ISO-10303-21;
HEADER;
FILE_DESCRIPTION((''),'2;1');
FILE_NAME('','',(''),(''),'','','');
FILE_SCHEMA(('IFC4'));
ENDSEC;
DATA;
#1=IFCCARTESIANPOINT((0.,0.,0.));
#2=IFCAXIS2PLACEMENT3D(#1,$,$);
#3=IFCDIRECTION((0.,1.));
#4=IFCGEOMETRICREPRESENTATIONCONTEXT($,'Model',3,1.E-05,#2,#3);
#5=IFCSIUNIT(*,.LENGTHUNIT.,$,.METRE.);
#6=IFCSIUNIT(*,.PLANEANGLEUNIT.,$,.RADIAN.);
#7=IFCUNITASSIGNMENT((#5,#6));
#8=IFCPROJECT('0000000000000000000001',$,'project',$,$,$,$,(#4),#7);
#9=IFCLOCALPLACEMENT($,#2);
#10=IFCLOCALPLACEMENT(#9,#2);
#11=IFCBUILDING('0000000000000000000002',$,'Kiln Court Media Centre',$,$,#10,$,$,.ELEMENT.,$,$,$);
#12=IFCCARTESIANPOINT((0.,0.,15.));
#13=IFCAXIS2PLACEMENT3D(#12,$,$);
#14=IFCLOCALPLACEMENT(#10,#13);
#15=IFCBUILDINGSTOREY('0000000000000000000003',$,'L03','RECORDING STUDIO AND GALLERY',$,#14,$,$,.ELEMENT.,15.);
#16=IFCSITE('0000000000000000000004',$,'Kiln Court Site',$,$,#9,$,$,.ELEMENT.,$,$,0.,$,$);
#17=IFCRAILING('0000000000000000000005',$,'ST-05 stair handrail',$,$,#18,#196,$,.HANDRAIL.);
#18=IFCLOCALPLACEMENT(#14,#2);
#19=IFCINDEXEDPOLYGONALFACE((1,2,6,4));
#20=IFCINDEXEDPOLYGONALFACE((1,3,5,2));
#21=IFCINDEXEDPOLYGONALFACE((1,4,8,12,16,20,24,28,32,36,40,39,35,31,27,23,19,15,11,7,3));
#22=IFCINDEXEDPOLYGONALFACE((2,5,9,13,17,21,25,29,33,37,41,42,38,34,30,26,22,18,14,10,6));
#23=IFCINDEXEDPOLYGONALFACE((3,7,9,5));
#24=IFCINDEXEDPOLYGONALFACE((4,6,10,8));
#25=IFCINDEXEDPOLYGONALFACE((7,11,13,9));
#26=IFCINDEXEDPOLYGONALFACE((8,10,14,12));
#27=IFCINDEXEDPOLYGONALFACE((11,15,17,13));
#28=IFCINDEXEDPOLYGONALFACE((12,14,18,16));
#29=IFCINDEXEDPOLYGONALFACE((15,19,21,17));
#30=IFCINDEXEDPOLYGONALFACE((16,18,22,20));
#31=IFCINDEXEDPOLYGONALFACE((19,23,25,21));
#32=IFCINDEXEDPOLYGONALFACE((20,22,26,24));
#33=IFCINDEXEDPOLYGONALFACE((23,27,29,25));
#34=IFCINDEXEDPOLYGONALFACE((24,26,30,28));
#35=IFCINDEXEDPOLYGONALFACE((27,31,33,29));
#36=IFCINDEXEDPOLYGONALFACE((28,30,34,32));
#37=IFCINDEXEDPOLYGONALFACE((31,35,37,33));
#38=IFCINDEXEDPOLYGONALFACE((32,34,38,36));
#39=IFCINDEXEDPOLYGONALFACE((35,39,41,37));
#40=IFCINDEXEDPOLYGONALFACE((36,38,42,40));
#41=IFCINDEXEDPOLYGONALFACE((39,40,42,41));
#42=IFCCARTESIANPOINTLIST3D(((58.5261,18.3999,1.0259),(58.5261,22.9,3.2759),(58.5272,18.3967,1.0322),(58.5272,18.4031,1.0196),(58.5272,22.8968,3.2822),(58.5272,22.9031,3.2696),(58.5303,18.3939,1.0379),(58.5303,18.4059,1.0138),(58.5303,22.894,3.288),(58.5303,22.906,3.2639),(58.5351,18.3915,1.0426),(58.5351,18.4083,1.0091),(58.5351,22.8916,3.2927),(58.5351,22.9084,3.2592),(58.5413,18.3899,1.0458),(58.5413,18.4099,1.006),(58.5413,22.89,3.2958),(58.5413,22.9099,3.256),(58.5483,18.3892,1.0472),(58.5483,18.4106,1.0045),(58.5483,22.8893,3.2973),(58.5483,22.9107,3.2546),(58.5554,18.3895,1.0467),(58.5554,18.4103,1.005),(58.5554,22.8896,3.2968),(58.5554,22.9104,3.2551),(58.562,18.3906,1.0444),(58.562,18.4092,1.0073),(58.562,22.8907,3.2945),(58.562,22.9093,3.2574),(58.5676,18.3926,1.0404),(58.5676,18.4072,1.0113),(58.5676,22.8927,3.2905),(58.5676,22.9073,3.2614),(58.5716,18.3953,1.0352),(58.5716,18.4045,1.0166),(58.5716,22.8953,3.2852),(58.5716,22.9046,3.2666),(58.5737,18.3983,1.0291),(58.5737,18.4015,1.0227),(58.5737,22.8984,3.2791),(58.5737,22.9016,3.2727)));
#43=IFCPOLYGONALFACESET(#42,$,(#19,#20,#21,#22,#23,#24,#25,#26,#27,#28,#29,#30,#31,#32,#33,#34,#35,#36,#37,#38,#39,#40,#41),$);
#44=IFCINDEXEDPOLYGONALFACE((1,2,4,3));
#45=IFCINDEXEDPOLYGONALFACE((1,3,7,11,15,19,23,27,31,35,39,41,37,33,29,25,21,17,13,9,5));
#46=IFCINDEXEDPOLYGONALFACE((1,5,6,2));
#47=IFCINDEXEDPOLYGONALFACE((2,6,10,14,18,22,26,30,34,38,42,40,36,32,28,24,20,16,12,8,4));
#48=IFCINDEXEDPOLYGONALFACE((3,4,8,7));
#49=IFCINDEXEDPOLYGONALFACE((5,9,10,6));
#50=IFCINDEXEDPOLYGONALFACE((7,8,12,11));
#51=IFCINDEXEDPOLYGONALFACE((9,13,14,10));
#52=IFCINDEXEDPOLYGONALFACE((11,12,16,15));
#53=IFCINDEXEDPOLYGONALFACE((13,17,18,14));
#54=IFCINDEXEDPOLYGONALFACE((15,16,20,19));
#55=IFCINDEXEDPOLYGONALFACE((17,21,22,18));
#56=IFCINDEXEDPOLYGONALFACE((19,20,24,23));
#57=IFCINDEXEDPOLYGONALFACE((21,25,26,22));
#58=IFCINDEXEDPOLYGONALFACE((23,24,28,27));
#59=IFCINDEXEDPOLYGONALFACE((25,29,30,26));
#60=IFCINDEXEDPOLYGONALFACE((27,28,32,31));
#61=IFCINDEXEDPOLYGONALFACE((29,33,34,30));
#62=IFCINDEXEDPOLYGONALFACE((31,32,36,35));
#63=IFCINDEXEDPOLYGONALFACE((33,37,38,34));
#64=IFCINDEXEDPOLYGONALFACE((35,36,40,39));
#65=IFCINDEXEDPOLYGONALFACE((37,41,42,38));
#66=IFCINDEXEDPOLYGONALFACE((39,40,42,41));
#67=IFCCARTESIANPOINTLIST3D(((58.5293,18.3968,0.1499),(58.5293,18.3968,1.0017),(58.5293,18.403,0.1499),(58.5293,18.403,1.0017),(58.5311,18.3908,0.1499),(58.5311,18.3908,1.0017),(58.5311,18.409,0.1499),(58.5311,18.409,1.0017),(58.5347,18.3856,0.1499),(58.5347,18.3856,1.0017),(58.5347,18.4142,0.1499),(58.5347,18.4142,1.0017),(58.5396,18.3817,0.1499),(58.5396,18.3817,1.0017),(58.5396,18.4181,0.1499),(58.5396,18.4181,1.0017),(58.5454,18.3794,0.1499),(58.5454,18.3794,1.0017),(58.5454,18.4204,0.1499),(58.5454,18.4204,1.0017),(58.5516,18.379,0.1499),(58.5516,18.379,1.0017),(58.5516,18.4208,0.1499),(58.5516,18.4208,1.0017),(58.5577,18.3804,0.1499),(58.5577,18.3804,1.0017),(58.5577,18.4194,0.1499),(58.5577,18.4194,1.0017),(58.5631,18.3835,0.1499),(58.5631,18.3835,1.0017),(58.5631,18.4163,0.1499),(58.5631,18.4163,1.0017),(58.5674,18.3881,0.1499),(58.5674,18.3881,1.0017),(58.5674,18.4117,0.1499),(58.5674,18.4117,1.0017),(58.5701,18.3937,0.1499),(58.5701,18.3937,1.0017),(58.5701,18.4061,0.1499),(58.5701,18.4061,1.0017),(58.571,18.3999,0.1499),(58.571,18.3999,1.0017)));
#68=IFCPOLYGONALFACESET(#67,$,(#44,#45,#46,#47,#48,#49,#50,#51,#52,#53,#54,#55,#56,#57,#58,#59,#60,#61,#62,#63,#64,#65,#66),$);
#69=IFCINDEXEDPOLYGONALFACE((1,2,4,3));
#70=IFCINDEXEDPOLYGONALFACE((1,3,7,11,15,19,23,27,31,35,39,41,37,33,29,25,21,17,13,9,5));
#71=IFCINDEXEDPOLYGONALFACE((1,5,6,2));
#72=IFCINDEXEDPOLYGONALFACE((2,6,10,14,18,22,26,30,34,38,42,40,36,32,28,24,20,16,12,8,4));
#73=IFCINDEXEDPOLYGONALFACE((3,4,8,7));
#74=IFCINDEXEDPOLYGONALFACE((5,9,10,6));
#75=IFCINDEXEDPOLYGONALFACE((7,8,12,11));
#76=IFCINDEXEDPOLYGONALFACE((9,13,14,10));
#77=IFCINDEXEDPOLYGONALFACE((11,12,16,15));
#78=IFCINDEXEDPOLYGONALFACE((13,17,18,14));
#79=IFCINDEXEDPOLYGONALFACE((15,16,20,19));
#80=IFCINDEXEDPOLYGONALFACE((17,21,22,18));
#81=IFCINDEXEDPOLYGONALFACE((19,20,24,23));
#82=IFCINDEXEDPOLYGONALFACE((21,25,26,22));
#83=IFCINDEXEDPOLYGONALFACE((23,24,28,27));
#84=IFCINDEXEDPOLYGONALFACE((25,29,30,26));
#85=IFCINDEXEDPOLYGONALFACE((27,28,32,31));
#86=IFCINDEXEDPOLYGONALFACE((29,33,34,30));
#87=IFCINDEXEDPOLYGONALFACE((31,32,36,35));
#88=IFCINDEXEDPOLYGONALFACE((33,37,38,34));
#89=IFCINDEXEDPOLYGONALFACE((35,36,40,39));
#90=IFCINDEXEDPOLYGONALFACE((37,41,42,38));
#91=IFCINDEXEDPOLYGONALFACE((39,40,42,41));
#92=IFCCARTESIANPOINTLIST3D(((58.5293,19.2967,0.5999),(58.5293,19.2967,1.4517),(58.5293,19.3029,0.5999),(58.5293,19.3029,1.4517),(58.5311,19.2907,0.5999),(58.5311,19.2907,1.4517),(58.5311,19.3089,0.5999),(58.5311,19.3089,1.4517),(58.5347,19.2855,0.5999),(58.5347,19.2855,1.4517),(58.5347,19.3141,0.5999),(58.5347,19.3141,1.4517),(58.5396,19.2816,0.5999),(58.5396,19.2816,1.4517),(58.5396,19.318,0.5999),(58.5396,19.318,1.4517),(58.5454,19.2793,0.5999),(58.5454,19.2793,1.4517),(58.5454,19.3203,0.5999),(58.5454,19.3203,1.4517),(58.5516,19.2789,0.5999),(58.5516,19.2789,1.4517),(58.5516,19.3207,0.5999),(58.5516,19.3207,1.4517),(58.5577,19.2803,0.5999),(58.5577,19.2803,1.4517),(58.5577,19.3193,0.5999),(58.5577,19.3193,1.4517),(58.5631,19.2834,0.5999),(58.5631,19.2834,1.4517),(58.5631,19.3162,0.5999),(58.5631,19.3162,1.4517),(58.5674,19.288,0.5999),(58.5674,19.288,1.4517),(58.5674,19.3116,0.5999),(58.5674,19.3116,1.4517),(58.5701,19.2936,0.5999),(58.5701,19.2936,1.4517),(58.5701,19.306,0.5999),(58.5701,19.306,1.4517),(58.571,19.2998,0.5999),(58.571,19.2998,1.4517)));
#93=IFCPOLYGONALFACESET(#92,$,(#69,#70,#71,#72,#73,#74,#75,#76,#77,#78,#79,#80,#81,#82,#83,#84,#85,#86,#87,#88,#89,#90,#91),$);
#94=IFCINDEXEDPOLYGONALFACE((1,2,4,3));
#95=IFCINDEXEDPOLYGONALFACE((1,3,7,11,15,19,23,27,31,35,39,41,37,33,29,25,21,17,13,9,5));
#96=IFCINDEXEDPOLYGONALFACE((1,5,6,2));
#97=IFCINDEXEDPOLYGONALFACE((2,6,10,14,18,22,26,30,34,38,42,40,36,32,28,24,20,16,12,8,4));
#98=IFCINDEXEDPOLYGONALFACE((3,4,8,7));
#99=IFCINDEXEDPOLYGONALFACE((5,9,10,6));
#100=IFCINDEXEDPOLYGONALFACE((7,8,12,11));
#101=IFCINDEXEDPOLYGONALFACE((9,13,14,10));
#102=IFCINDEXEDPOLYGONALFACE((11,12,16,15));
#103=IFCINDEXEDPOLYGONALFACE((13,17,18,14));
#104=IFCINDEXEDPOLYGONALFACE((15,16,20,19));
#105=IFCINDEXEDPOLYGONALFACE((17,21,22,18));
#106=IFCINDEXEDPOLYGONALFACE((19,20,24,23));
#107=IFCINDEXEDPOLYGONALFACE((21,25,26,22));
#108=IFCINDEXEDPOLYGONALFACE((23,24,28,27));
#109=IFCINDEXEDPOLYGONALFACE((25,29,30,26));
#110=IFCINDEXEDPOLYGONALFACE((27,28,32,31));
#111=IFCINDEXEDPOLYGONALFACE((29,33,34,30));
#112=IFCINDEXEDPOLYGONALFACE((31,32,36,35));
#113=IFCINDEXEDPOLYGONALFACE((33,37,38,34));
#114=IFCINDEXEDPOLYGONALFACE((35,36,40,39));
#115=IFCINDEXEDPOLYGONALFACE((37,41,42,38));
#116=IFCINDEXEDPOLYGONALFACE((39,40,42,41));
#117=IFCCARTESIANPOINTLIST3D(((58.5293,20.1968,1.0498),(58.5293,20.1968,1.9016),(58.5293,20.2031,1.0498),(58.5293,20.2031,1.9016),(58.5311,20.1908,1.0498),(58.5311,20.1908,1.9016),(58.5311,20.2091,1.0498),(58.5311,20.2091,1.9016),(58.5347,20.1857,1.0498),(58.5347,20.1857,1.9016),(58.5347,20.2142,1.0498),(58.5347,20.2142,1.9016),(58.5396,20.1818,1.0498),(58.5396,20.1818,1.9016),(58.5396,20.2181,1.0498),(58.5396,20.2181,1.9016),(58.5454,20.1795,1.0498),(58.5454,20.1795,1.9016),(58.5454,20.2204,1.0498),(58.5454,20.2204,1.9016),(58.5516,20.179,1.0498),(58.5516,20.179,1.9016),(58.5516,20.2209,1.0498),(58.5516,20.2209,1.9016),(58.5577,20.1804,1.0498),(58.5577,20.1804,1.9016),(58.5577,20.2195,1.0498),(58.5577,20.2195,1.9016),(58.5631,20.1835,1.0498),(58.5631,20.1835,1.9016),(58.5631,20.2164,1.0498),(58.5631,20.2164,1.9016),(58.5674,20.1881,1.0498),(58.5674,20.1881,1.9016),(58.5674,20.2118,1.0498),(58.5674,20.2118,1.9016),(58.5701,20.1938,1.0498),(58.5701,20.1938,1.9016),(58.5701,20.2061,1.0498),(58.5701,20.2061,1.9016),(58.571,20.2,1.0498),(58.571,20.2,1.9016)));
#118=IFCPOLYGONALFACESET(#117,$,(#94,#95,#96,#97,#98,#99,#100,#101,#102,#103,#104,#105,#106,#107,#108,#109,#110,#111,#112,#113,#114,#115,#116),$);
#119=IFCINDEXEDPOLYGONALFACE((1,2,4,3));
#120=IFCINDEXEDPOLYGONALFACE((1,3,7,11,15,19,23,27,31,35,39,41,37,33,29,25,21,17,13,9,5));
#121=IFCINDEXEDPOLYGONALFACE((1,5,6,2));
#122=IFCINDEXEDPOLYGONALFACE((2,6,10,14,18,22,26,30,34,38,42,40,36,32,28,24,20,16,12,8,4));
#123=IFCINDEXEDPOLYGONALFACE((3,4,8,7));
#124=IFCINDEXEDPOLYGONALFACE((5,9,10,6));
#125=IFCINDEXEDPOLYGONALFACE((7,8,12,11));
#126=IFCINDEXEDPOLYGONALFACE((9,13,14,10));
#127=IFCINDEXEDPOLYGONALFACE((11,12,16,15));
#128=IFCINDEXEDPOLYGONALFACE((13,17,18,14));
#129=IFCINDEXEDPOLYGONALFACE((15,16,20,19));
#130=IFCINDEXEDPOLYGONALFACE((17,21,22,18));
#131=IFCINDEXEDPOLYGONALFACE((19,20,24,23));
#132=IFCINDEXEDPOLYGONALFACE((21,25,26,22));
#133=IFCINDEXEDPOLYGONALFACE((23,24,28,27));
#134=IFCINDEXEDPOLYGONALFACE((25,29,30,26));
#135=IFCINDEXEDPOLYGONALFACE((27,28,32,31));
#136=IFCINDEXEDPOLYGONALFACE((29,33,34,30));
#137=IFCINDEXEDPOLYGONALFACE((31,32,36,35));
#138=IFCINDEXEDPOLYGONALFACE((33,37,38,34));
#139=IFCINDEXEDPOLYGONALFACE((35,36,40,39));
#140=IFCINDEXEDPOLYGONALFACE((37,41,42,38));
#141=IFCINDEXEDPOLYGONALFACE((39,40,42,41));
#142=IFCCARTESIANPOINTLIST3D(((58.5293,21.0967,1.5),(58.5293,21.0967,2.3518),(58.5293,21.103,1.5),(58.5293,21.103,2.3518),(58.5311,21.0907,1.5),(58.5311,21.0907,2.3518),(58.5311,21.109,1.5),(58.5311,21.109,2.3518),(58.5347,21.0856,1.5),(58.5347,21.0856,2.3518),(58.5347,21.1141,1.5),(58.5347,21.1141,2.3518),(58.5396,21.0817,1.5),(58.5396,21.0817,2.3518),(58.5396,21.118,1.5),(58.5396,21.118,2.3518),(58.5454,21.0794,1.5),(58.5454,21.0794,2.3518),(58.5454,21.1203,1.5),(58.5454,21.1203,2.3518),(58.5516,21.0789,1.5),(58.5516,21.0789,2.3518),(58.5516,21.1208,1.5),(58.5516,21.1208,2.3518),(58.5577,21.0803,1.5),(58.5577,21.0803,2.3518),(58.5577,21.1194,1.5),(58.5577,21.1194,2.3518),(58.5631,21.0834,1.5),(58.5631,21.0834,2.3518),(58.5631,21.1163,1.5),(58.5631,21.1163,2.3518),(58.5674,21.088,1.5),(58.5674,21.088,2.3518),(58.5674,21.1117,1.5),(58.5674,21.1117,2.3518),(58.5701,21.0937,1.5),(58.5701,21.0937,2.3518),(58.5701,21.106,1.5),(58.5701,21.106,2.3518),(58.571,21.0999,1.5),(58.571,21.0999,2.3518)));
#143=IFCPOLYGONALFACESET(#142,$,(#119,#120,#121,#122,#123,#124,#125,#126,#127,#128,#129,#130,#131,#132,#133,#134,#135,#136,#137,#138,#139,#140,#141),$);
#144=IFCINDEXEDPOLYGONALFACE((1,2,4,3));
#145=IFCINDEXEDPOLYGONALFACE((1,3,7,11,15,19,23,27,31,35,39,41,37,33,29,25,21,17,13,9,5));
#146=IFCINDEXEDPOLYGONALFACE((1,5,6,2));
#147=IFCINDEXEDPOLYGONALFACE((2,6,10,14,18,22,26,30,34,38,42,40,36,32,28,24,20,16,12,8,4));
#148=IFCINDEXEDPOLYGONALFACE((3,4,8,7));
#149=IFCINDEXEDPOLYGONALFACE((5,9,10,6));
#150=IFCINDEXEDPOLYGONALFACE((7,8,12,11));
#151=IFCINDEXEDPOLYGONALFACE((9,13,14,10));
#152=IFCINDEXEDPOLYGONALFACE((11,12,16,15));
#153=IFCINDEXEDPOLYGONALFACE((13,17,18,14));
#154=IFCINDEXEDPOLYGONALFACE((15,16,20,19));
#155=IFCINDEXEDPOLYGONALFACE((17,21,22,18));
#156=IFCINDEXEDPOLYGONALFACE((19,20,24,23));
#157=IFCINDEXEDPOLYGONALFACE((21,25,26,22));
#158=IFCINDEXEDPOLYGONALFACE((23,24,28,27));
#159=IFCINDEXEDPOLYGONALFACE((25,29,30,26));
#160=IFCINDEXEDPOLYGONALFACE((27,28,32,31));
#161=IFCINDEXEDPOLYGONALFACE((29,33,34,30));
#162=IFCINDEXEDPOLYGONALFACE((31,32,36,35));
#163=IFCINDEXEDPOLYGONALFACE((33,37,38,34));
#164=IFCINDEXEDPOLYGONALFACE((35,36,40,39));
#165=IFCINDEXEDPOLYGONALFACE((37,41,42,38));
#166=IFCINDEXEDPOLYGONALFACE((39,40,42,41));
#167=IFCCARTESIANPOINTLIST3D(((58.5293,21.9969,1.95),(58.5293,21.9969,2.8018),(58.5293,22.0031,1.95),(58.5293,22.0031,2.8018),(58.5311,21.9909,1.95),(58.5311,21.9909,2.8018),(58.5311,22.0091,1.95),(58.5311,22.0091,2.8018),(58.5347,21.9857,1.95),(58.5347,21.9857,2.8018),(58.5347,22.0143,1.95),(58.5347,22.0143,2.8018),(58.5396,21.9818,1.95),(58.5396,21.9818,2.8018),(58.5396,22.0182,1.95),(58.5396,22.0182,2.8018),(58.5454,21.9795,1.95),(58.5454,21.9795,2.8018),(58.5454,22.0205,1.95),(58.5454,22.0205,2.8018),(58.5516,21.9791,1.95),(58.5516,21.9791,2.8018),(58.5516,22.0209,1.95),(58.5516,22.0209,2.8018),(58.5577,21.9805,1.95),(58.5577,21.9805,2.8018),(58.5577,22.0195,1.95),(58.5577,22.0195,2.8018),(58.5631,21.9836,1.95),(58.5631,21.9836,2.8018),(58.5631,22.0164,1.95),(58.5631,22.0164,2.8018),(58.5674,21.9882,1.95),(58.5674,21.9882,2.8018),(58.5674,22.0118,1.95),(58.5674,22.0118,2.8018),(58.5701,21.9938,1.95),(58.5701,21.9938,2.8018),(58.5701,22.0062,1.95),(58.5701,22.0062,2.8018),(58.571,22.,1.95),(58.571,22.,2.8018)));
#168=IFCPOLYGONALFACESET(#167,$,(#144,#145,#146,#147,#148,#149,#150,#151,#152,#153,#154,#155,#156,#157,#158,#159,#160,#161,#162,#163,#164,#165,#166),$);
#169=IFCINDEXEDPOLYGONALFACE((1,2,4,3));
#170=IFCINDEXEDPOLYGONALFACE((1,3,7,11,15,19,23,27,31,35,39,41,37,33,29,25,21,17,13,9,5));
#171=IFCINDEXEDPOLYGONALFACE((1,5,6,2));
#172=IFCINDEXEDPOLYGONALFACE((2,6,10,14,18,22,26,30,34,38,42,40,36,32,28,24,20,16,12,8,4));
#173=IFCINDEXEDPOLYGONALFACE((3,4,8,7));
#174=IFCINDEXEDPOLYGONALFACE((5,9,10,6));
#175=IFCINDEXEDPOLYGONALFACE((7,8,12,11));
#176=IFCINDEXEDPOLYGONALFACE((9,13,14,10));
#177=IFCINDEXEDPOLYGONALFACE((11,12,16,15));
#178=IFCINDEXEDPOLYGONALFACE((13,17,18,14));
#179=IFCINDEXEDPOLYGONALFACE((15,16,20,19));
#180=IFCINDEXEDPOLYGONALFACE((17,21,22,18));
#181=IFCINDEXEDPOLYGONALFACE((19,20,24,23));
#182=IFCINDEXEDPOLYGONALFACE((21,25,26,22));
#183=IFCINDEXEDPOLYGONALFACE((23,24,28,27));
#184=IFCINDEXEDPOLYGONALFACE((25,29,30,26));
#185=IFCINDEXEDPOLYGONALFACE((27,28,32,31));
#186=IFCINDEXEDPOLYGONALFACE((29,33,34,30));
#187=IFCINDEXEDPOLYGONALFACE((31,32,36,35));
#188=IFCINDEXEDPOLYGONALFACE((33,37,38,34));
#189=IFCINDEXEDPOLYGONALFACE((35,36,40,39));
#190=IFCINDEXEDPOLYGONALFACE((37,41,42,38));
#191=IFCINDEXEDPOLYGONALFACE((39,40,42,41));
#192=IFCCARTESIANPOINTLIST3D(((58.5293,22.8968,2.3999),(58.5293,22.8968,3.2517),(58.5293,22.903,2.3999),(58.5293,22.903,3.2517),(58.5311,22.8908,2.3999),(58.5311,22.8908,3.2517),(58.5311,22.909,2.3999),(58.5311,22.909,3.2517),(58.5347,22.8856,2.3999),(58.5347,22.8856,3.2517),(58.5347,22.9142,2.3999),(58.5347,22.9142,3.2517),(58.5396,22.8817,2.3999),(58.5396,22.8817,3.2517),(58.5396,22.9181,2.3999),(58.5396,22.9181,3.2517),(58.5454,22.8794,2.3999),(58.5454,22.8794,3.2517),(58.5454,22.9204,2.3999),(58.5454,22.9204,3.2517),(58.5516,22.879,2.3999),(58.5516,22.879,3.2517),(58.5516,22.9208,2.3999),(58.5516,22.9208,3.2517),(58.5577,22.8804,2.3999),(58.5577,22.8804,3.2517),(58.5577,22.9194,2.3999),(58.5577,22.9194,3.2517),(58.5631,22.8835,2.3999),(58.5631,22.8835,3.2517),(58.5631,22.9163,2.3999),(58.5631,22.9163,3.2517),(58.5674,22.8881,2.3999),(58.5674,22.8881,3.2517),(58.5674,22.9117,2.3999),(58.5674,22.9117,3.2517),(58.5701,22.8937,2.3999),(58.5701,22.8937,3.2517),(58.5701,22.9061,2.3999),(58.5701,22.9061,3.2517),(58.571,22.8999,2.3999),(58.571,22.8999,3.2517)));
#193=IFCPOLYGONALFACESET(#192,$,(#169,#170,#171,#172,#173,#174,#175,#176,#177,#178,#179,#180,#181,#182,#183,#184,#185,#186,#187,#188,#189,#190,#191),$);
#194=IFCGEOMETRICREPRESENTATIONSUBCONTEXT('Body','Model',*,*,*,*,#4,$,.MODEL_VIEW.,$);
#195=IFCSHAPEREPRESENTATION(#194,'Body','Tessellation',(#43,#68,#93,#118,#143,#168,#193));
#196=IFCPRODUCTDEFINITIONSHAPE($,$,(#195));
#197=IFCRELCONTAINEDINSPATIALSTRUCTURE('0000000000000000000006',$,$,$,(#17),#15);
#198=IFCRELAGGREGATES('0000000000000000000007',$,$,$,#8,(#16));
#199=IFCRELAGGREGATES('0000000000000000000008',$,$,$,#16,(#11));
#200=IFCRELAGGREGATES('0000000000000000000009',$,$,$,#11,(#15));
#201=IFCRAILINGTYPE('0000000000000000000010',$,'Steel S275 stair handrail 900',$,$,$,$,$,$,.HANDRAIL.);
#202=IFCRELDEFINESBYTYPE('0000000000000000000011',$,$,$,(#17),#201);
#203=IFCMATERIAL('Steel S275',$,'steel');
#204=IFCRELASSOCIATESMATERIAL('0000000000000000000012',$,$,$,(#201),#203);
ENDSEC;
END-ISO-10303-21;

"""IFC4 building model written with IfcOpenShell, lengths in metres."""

from ifc_helpers import new_model, si_unit, direction, frame, origin, origin_2d, place, context, subcontext, project, spatial, circle, extrude, material, type_object, element, save


model = new_model("IFC4")

# Units and contexts
model_context = context("Model", 3, precision=1e-05, world=origin(), true_north=direction((0.0, 1.0)))
body_context = subcontext(model_context, "Body", "Model", "MODEL_VIEW")
ifc_project = project(units=[si_unit("LENGTHUNIT", "METRE"), si_unit("PLANEANGLEUNIT", "RADIAN")], contexts=[model_context])

# Site, building, storey
site_placement = place(None, origin())
site = spatial("IfcSite", under=ifc_project, at=site_placement, Name="Kiln Court Site", CompositionType="ELEMENT", RefElevation=0.0)
building_placement = place(site_placement, origin())
building = spatial("IfcBuilding", under=site, at=building_placement, Name="Kiln Court Media Centre", CompositionType="ELEMENT")
storey_placement = place(building_placement, frame((0.0, 0.0, 15.0)))
storey = spatial("IfcBuildingStorey", under=building, at=storey_placement, Name="L03", Description="RECORDING STUDIO AND GALLERY", CompositionType="ELEMENT", Elevation=15.0)

# Railing
ifc_material_1 = material(Name="Steel S275", Category="steel")
railing_type_1 = type_object("IfcRailingType", Name="Steel S275 stair handrail 900", PredefinedType="HANDRAIL", material=ifc_material_1)
railing_1_placement = place(storey_placement, frame((58.55, 18.3999, 0.1499)))
element("IfcRailing", 1, at=railing_1_placement, inside=storey, type_object=railing_type_1, Name="ST-05 stair handrail", PredefinedType="HANDRAIL", context=body_context, shape_type="SweptSolid", body=[
    extrude(circle(Radius=0.0239, at=origin_2d()), frame((0.0, 0.0, 0.876), z_axis=(0.0, 0.894427, 0.447214), x_axis=(-1.0, 0.0, 0.0)), (0.0, 0.0, 1.0), 5.0312),
    extrude(circle(Radius=0.021, at=origin_2d()), origin(), (0.0, 0.0, 1.0), 0.8518),
    extrude(circle(Radius=0.021, at=origin_2d()), frame((0.0, 0.8999, 0.45)), (0.0, 0.0, 1.0), 0.8518),
    extrude(circle(Radius=0.021, at=origin_2d()), frame((0.0, 1.8, 0.8999)), (0.0, 0.0, 1.0), 0.8518),
    extrude(circle(Radius=0.021, at=origin_2d()), frame((0.0, 2.7, 1.3501)), (0.0, 0.0, 1.0), 0.8518),
    extrude(circle(Radius=0.021, at=origin_2d()), frame((0.0, 3.6001, 1.8)), (0.0, 0.0, 1.0), 0.8518),
    extrude(circle(Radius=0.021, at=origin_2d()), frame((0.0, 4.5, 2.25)), (0.0, 0.0, 1.0), 0.8518),
])

save(model, "model.ifc")
